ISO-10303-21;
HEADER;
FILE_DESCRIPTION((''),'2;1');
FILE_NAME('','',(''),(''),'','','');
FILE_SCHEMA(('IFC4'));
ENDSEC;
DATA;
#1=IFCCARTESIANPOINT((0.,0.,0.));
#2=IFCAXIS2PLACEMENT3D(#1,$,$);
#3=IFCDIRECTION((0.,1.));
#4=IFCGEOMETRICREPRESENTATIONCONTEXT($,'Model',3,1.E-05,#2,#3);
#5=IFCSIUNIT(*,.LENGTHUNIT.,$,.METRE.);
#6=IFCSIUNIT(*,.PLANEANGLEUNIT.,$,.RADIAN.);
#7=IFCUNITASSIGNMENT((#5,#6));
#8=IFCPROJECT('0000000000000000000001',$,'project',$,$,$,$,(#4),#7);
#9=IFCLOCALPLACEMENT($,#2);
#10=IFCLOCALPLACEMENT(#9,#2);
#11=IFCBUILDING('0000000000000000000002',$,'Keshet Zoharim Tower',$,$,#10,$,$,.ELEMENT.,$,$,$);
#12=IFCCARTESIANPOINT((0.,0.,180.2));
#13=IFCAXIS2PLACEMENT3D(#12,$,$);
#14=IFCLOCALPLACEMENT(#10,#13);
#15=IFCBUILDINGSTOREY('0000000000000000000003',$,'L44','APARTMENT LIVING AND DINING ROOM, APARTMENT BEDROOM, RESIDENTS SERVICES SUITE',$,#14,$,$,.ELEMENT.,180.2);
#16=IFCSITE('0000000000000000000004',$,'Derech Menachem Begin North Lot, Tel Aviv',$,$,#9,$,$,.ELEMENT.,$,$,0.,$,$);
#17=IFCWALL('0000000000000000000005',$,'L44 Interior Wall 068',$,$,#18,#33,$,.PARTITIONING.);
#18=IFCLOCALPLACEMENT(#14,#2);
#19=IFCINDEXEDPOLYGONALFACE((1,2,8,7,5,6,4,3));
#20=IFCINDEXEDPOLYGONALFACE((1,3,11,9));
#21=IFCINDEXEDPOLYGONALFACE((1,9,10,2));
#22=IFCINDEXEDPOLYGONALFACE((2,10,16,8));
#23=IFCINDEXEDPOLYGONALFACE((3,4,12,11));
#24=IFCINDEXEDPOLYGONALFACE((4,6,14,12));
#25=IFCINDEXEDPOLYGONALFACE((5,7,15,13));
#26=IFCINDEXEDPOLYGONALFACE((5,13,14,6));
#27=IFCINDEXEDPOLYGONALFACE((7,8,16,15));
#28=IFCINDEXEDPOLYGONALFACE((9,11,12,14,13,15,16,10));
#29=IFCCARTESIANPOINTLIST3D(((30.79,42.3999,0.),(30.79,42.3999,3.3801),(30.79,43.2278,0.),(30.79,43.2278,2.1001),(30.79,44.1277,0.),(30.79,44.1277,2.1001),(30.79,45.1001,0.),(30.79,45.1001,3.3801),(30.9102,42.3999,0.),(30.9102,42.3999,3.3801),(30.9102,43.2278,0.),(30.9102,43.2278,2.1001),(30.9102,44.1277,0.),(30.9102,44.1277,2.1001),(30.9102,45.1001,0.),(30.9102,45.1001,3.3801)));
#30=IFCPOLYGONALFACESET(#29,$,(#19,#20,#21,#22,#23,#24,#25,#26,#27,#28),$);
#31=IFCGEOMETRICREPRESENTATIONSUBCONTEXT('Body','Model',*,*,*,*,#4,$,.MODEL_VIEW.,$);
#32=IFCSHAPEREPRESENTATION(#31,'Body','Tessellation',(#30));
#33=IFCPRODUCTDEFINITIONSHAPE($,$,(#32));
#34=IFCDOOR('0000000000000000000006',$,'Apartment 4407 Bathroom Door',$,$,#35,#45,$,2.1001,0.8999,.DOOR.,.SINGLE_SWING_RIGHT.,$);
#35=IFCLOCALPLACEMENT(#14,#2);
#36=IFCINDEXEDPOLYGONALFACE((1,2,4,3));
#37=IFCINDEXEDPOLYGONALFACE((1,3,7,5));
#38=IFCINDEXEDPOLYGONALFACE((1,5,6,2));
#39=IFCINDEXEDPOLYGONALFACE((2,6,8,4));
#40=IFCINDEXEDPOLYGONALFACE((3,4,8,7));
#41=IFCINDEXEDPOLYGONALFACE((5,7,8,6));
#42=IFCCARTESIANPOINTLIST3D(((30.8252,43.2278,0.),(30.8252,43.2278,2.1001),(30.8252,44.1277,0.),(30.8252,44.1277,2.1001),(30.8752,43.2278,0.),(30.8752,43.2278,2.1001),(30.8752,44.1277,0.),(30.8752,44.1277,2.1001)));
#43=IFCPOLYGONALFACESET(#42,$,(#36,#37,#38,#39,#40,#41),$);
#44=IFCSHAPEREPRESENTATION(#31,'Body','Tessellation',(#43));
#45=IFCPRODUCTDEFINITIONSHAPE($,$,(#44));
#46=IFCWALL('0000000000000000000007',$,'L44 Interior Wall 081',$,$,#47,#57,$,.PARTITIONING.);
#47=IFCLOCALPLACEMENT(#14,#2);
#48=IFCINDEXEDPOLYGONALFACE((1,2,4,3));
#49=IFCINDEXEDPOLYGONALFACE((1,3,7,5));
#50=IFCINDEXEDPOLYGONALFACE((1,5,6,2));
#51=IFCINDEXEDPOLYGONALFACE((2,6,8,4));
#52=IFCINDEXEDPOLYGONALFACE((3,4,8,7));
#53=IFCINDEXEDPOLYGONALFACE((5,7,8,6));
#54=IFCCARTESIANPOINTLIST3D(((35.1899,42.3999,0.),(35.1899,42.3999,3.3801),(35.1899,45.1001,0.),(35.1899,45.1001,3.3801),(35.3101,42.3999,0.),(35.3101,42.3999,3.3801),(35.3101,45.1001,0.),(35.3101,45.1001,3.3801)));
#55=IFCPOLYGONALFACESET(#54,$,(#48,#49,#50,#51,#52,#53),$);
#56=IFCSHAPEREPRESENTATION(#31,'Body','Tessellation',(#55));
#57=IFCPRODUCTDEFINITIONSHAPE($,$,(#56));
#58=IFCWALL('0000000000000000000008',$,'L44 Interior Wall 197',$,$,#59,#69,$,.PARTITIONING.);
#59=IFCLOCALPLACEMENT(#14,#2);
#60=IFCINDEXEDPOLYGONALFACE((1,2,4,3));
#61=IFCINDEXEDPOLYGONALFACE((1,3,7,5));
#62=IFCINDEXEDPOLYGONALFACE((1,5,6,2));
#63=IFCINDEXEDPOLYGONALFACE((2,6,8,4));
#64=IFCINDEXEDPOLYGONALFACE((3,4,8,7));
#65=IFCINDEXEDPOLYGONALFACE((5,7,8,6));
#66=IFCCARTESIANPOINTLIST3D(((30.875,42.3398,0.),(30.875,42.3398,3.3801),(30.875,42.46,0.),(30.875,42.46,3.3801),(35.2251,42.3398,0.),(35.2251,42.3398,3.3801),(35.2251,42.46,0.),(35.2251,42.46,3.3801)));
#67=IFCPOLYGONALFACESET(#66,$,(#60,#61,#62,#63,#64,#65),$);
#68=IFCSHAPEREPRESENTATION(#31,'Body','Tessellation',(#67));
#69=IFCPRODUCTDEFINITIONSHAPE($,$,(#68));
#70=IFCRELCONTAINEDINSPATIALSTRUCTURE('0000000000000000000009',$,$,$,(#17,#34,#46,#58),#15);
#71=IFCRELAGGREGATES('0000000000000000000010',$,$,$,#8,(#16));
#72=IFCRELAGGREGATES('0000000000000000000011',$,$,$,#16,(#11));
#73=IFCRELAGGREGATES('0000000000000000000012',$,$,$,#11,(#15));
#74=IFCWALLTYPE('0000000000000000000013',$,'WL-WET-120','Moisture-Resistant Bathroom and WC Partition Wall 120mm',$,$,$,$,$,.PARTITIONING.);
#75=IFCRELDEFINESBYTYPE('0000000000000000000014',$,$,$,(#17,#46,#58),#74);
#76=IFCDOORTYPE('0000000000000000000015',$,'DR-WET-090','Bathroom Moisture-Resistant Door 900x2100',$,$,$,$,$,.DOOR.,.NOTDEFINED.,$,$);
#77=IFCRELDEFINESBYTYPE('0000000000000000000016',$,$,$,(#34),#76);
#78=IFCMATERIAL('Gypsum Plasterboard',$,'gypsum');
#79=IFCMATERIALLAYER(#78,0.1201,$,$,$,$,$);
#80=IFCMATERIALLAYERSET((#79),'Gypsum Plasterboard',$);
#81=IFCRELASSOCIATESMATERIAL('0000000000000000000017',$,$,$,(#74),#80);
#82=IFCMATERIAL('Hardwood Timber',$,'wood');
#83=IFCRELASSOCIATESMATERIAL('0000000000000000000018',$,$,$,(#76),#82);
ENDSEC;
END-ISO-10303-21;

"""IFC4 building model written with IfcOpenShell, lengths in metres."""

from ifc_helpers import new_model, si_unit, direction, frame, frame_2d, origin, place, context, subcontext, project, spatial, rectangle, extrude, material, layer, layer_set, type_object, element, fill, save


model = new_model("IFC4")

# Units and contexts
model_context = context("Model", 3, precision=1e-05, world=origin(), true_north=direction((0.0, 1.0)))
body_context = subcontext(model_context, "Body", "Model", "MODEL_VIEW")
ifc_project = project(units=[si_unit("LENGTHUNIT", "METRE"), si_unit("PLANEANGLEUNIT", "RADIAN")], contexts=[model_context])

# Site, building, storey
site_placement = place(None, origin())
site = spatial("IfcSite", under=ifc_project, at=site_placement, Name="Derech Menachem Begin North Lot, Tel Aviv", CompositionType="ELEMENT", RefElevation=0.0)
building_placement = place(site_placement, origin())
building = spatial("IfcBuilding", under=site, at=building_placement, Name="Keshet Zoharim Tower", CompositionType="ELEMENT")
storey_placement = place(building_placement, frame((0.0, 0.0, 180.2)))
storey = spatial("IfcBuildingStorey", under=building, at=storey_placement, Name="L44", Description="APARTMENT LIVING AND DINING ROOM, APARTMENT BEDROOM, RESIDENTS SERVICES SUITE", CompositionType="ELEMENT", Elevation=180.2)

# Shared definitions
ifc_material_1 = material(Name="Gypsum Plasterboard", Category="gypsum")

# Shared definitions
ifc_material_2 = material(Name="Hardwood Timber", Category="wood")

# Wall, opening, door
ifc_layer_1 = layer(ifc_material_1, 0.1201)
ifc_layer_set_1 = layer_set([ifc_layer_1], Name="Gypsum Plasterboard")
wall_type_1 = type_object("IfcWallType", Name="WL-WET-120", Description="Moisture-Resistant Bathroom and WC Partition Wall 120mm", PredefinedType="PARTITIONING", material=ifc_layer_set_1)
wall_1_placement = place(storey_placement, frame((30.8501, 42.3999, 0.0), z_axis=(0.0, 0.0, 1.0), x_axis=(0.0, 1.0, 0.0)))
wall_1 = element("IfcWall", 1, at=wall_1_placement, inside=storey, type_object=wall_type_1, Name="L44 Interior Wall 068", PredefinedType="PARTITIONING", context=body_context, shape_type="SweptSolid", body=[
    extrude(rectangle(XDim=2.7002, YDim=0.1201, at=frame_2d((1.3501, 0.0))), origin(), (0.0, 0.0, 1.0), 3.3801),
])
opening_1_placement = place(wall_1_placement, frame((0.8279, 0.0, 0.0)))
opening_1 = element("IfcOpeningElement", 2, at=opening_1_placement, cuts=wall_1, PredefinedType="OPENING", context=body_context, shape_type="SweptSolid", body=[
    extrude(rectangle(XDim=0.8999, YDim=2.1001, at=frame_2d((0.45, 1.05))), frame((0.0, 0.0701, 0.0), z_axis=(0.0, -1.0, 0.0), x_axis=(1.0, 0.0, 0.0)), (0.0, 0.0, 1.0), 0.1401),
])
door_type_1 = type_object("IfcDoorType", Name="DR-WET-090", Description="Bathroom Moisture-Resistant Door 900x2100", OperationType="NOTDEFINED", PredefinedType="DOOR", material=ifc_material_2)
door_1_placement = place(opening_1_placement, origin())
door_1 = element("IfcDoor", 3, at=door_1_placement, inside=storey, type_object=door_type_1, Name="Apartment 4407 Bathroom Door", OperationType="SINGLE_SWING_RIGHT", OverallHeight=2.1001, OverallWidth=0.8999, PredefinedType="DOOR", context=body_context, shape_type="SweptSolid", body=[
    extrude(rectangle(XDim=0.8999, YDim=2.1001, at=frame_2d((0.45, 1.05))), frame((0.0, 0.0249, 0.0), z_axis=(0.0, -1.0, 0.0), x_axis=(1.0, 0.0, 0.0)), (0.0, 0.0, 1.0), 0.05),
])
fill(opening_1, door_1)

# Walls
wall_2_placement = place(storey_placement, frame((35.25, 42.3999, 0.0), z_axis=(0.0, 0.0, 1.0), x_axis=(0.0, 1.0, 0.0)))
element("IfcWall", 4, at=wall_2_placement, inside=storey, type_object=wall_type_1, Name="L44 Interior Wall 081", PredefinedType="PARTITIONING", context=body_context, shape_type="SweptSolid", body=[
    extrude(rectangle(XDim=2.7002, YDim=0.1201, at=frame_2d((1.3501, 0.0))), origin(), (0.0, 0.0, 1.0), 3.3801),
])
wall_3_placement = place(storey_placement, frame((30.875, 42.3999, 0.0), z_axis=(0.0, 0.0, 1.0), x_axis=(1.0, 0.0, 0.0)))
element("IfcWall", 5, at=wall_3_placement, inside=storey, type_object=wall_type_1, Name="L44 Interior Wall 197", PredefinedType="PARTITIONING", context=body_context, shape_type="SweptSolid", body=[
    extrude(rectangle(XDim=4.3501, YDim=0.1201, at=frame_2d((2.175, 0.0))), origin(), (0.0, 0.0, 1.0), 3.3801),
])

save(model, "model.ifc")
